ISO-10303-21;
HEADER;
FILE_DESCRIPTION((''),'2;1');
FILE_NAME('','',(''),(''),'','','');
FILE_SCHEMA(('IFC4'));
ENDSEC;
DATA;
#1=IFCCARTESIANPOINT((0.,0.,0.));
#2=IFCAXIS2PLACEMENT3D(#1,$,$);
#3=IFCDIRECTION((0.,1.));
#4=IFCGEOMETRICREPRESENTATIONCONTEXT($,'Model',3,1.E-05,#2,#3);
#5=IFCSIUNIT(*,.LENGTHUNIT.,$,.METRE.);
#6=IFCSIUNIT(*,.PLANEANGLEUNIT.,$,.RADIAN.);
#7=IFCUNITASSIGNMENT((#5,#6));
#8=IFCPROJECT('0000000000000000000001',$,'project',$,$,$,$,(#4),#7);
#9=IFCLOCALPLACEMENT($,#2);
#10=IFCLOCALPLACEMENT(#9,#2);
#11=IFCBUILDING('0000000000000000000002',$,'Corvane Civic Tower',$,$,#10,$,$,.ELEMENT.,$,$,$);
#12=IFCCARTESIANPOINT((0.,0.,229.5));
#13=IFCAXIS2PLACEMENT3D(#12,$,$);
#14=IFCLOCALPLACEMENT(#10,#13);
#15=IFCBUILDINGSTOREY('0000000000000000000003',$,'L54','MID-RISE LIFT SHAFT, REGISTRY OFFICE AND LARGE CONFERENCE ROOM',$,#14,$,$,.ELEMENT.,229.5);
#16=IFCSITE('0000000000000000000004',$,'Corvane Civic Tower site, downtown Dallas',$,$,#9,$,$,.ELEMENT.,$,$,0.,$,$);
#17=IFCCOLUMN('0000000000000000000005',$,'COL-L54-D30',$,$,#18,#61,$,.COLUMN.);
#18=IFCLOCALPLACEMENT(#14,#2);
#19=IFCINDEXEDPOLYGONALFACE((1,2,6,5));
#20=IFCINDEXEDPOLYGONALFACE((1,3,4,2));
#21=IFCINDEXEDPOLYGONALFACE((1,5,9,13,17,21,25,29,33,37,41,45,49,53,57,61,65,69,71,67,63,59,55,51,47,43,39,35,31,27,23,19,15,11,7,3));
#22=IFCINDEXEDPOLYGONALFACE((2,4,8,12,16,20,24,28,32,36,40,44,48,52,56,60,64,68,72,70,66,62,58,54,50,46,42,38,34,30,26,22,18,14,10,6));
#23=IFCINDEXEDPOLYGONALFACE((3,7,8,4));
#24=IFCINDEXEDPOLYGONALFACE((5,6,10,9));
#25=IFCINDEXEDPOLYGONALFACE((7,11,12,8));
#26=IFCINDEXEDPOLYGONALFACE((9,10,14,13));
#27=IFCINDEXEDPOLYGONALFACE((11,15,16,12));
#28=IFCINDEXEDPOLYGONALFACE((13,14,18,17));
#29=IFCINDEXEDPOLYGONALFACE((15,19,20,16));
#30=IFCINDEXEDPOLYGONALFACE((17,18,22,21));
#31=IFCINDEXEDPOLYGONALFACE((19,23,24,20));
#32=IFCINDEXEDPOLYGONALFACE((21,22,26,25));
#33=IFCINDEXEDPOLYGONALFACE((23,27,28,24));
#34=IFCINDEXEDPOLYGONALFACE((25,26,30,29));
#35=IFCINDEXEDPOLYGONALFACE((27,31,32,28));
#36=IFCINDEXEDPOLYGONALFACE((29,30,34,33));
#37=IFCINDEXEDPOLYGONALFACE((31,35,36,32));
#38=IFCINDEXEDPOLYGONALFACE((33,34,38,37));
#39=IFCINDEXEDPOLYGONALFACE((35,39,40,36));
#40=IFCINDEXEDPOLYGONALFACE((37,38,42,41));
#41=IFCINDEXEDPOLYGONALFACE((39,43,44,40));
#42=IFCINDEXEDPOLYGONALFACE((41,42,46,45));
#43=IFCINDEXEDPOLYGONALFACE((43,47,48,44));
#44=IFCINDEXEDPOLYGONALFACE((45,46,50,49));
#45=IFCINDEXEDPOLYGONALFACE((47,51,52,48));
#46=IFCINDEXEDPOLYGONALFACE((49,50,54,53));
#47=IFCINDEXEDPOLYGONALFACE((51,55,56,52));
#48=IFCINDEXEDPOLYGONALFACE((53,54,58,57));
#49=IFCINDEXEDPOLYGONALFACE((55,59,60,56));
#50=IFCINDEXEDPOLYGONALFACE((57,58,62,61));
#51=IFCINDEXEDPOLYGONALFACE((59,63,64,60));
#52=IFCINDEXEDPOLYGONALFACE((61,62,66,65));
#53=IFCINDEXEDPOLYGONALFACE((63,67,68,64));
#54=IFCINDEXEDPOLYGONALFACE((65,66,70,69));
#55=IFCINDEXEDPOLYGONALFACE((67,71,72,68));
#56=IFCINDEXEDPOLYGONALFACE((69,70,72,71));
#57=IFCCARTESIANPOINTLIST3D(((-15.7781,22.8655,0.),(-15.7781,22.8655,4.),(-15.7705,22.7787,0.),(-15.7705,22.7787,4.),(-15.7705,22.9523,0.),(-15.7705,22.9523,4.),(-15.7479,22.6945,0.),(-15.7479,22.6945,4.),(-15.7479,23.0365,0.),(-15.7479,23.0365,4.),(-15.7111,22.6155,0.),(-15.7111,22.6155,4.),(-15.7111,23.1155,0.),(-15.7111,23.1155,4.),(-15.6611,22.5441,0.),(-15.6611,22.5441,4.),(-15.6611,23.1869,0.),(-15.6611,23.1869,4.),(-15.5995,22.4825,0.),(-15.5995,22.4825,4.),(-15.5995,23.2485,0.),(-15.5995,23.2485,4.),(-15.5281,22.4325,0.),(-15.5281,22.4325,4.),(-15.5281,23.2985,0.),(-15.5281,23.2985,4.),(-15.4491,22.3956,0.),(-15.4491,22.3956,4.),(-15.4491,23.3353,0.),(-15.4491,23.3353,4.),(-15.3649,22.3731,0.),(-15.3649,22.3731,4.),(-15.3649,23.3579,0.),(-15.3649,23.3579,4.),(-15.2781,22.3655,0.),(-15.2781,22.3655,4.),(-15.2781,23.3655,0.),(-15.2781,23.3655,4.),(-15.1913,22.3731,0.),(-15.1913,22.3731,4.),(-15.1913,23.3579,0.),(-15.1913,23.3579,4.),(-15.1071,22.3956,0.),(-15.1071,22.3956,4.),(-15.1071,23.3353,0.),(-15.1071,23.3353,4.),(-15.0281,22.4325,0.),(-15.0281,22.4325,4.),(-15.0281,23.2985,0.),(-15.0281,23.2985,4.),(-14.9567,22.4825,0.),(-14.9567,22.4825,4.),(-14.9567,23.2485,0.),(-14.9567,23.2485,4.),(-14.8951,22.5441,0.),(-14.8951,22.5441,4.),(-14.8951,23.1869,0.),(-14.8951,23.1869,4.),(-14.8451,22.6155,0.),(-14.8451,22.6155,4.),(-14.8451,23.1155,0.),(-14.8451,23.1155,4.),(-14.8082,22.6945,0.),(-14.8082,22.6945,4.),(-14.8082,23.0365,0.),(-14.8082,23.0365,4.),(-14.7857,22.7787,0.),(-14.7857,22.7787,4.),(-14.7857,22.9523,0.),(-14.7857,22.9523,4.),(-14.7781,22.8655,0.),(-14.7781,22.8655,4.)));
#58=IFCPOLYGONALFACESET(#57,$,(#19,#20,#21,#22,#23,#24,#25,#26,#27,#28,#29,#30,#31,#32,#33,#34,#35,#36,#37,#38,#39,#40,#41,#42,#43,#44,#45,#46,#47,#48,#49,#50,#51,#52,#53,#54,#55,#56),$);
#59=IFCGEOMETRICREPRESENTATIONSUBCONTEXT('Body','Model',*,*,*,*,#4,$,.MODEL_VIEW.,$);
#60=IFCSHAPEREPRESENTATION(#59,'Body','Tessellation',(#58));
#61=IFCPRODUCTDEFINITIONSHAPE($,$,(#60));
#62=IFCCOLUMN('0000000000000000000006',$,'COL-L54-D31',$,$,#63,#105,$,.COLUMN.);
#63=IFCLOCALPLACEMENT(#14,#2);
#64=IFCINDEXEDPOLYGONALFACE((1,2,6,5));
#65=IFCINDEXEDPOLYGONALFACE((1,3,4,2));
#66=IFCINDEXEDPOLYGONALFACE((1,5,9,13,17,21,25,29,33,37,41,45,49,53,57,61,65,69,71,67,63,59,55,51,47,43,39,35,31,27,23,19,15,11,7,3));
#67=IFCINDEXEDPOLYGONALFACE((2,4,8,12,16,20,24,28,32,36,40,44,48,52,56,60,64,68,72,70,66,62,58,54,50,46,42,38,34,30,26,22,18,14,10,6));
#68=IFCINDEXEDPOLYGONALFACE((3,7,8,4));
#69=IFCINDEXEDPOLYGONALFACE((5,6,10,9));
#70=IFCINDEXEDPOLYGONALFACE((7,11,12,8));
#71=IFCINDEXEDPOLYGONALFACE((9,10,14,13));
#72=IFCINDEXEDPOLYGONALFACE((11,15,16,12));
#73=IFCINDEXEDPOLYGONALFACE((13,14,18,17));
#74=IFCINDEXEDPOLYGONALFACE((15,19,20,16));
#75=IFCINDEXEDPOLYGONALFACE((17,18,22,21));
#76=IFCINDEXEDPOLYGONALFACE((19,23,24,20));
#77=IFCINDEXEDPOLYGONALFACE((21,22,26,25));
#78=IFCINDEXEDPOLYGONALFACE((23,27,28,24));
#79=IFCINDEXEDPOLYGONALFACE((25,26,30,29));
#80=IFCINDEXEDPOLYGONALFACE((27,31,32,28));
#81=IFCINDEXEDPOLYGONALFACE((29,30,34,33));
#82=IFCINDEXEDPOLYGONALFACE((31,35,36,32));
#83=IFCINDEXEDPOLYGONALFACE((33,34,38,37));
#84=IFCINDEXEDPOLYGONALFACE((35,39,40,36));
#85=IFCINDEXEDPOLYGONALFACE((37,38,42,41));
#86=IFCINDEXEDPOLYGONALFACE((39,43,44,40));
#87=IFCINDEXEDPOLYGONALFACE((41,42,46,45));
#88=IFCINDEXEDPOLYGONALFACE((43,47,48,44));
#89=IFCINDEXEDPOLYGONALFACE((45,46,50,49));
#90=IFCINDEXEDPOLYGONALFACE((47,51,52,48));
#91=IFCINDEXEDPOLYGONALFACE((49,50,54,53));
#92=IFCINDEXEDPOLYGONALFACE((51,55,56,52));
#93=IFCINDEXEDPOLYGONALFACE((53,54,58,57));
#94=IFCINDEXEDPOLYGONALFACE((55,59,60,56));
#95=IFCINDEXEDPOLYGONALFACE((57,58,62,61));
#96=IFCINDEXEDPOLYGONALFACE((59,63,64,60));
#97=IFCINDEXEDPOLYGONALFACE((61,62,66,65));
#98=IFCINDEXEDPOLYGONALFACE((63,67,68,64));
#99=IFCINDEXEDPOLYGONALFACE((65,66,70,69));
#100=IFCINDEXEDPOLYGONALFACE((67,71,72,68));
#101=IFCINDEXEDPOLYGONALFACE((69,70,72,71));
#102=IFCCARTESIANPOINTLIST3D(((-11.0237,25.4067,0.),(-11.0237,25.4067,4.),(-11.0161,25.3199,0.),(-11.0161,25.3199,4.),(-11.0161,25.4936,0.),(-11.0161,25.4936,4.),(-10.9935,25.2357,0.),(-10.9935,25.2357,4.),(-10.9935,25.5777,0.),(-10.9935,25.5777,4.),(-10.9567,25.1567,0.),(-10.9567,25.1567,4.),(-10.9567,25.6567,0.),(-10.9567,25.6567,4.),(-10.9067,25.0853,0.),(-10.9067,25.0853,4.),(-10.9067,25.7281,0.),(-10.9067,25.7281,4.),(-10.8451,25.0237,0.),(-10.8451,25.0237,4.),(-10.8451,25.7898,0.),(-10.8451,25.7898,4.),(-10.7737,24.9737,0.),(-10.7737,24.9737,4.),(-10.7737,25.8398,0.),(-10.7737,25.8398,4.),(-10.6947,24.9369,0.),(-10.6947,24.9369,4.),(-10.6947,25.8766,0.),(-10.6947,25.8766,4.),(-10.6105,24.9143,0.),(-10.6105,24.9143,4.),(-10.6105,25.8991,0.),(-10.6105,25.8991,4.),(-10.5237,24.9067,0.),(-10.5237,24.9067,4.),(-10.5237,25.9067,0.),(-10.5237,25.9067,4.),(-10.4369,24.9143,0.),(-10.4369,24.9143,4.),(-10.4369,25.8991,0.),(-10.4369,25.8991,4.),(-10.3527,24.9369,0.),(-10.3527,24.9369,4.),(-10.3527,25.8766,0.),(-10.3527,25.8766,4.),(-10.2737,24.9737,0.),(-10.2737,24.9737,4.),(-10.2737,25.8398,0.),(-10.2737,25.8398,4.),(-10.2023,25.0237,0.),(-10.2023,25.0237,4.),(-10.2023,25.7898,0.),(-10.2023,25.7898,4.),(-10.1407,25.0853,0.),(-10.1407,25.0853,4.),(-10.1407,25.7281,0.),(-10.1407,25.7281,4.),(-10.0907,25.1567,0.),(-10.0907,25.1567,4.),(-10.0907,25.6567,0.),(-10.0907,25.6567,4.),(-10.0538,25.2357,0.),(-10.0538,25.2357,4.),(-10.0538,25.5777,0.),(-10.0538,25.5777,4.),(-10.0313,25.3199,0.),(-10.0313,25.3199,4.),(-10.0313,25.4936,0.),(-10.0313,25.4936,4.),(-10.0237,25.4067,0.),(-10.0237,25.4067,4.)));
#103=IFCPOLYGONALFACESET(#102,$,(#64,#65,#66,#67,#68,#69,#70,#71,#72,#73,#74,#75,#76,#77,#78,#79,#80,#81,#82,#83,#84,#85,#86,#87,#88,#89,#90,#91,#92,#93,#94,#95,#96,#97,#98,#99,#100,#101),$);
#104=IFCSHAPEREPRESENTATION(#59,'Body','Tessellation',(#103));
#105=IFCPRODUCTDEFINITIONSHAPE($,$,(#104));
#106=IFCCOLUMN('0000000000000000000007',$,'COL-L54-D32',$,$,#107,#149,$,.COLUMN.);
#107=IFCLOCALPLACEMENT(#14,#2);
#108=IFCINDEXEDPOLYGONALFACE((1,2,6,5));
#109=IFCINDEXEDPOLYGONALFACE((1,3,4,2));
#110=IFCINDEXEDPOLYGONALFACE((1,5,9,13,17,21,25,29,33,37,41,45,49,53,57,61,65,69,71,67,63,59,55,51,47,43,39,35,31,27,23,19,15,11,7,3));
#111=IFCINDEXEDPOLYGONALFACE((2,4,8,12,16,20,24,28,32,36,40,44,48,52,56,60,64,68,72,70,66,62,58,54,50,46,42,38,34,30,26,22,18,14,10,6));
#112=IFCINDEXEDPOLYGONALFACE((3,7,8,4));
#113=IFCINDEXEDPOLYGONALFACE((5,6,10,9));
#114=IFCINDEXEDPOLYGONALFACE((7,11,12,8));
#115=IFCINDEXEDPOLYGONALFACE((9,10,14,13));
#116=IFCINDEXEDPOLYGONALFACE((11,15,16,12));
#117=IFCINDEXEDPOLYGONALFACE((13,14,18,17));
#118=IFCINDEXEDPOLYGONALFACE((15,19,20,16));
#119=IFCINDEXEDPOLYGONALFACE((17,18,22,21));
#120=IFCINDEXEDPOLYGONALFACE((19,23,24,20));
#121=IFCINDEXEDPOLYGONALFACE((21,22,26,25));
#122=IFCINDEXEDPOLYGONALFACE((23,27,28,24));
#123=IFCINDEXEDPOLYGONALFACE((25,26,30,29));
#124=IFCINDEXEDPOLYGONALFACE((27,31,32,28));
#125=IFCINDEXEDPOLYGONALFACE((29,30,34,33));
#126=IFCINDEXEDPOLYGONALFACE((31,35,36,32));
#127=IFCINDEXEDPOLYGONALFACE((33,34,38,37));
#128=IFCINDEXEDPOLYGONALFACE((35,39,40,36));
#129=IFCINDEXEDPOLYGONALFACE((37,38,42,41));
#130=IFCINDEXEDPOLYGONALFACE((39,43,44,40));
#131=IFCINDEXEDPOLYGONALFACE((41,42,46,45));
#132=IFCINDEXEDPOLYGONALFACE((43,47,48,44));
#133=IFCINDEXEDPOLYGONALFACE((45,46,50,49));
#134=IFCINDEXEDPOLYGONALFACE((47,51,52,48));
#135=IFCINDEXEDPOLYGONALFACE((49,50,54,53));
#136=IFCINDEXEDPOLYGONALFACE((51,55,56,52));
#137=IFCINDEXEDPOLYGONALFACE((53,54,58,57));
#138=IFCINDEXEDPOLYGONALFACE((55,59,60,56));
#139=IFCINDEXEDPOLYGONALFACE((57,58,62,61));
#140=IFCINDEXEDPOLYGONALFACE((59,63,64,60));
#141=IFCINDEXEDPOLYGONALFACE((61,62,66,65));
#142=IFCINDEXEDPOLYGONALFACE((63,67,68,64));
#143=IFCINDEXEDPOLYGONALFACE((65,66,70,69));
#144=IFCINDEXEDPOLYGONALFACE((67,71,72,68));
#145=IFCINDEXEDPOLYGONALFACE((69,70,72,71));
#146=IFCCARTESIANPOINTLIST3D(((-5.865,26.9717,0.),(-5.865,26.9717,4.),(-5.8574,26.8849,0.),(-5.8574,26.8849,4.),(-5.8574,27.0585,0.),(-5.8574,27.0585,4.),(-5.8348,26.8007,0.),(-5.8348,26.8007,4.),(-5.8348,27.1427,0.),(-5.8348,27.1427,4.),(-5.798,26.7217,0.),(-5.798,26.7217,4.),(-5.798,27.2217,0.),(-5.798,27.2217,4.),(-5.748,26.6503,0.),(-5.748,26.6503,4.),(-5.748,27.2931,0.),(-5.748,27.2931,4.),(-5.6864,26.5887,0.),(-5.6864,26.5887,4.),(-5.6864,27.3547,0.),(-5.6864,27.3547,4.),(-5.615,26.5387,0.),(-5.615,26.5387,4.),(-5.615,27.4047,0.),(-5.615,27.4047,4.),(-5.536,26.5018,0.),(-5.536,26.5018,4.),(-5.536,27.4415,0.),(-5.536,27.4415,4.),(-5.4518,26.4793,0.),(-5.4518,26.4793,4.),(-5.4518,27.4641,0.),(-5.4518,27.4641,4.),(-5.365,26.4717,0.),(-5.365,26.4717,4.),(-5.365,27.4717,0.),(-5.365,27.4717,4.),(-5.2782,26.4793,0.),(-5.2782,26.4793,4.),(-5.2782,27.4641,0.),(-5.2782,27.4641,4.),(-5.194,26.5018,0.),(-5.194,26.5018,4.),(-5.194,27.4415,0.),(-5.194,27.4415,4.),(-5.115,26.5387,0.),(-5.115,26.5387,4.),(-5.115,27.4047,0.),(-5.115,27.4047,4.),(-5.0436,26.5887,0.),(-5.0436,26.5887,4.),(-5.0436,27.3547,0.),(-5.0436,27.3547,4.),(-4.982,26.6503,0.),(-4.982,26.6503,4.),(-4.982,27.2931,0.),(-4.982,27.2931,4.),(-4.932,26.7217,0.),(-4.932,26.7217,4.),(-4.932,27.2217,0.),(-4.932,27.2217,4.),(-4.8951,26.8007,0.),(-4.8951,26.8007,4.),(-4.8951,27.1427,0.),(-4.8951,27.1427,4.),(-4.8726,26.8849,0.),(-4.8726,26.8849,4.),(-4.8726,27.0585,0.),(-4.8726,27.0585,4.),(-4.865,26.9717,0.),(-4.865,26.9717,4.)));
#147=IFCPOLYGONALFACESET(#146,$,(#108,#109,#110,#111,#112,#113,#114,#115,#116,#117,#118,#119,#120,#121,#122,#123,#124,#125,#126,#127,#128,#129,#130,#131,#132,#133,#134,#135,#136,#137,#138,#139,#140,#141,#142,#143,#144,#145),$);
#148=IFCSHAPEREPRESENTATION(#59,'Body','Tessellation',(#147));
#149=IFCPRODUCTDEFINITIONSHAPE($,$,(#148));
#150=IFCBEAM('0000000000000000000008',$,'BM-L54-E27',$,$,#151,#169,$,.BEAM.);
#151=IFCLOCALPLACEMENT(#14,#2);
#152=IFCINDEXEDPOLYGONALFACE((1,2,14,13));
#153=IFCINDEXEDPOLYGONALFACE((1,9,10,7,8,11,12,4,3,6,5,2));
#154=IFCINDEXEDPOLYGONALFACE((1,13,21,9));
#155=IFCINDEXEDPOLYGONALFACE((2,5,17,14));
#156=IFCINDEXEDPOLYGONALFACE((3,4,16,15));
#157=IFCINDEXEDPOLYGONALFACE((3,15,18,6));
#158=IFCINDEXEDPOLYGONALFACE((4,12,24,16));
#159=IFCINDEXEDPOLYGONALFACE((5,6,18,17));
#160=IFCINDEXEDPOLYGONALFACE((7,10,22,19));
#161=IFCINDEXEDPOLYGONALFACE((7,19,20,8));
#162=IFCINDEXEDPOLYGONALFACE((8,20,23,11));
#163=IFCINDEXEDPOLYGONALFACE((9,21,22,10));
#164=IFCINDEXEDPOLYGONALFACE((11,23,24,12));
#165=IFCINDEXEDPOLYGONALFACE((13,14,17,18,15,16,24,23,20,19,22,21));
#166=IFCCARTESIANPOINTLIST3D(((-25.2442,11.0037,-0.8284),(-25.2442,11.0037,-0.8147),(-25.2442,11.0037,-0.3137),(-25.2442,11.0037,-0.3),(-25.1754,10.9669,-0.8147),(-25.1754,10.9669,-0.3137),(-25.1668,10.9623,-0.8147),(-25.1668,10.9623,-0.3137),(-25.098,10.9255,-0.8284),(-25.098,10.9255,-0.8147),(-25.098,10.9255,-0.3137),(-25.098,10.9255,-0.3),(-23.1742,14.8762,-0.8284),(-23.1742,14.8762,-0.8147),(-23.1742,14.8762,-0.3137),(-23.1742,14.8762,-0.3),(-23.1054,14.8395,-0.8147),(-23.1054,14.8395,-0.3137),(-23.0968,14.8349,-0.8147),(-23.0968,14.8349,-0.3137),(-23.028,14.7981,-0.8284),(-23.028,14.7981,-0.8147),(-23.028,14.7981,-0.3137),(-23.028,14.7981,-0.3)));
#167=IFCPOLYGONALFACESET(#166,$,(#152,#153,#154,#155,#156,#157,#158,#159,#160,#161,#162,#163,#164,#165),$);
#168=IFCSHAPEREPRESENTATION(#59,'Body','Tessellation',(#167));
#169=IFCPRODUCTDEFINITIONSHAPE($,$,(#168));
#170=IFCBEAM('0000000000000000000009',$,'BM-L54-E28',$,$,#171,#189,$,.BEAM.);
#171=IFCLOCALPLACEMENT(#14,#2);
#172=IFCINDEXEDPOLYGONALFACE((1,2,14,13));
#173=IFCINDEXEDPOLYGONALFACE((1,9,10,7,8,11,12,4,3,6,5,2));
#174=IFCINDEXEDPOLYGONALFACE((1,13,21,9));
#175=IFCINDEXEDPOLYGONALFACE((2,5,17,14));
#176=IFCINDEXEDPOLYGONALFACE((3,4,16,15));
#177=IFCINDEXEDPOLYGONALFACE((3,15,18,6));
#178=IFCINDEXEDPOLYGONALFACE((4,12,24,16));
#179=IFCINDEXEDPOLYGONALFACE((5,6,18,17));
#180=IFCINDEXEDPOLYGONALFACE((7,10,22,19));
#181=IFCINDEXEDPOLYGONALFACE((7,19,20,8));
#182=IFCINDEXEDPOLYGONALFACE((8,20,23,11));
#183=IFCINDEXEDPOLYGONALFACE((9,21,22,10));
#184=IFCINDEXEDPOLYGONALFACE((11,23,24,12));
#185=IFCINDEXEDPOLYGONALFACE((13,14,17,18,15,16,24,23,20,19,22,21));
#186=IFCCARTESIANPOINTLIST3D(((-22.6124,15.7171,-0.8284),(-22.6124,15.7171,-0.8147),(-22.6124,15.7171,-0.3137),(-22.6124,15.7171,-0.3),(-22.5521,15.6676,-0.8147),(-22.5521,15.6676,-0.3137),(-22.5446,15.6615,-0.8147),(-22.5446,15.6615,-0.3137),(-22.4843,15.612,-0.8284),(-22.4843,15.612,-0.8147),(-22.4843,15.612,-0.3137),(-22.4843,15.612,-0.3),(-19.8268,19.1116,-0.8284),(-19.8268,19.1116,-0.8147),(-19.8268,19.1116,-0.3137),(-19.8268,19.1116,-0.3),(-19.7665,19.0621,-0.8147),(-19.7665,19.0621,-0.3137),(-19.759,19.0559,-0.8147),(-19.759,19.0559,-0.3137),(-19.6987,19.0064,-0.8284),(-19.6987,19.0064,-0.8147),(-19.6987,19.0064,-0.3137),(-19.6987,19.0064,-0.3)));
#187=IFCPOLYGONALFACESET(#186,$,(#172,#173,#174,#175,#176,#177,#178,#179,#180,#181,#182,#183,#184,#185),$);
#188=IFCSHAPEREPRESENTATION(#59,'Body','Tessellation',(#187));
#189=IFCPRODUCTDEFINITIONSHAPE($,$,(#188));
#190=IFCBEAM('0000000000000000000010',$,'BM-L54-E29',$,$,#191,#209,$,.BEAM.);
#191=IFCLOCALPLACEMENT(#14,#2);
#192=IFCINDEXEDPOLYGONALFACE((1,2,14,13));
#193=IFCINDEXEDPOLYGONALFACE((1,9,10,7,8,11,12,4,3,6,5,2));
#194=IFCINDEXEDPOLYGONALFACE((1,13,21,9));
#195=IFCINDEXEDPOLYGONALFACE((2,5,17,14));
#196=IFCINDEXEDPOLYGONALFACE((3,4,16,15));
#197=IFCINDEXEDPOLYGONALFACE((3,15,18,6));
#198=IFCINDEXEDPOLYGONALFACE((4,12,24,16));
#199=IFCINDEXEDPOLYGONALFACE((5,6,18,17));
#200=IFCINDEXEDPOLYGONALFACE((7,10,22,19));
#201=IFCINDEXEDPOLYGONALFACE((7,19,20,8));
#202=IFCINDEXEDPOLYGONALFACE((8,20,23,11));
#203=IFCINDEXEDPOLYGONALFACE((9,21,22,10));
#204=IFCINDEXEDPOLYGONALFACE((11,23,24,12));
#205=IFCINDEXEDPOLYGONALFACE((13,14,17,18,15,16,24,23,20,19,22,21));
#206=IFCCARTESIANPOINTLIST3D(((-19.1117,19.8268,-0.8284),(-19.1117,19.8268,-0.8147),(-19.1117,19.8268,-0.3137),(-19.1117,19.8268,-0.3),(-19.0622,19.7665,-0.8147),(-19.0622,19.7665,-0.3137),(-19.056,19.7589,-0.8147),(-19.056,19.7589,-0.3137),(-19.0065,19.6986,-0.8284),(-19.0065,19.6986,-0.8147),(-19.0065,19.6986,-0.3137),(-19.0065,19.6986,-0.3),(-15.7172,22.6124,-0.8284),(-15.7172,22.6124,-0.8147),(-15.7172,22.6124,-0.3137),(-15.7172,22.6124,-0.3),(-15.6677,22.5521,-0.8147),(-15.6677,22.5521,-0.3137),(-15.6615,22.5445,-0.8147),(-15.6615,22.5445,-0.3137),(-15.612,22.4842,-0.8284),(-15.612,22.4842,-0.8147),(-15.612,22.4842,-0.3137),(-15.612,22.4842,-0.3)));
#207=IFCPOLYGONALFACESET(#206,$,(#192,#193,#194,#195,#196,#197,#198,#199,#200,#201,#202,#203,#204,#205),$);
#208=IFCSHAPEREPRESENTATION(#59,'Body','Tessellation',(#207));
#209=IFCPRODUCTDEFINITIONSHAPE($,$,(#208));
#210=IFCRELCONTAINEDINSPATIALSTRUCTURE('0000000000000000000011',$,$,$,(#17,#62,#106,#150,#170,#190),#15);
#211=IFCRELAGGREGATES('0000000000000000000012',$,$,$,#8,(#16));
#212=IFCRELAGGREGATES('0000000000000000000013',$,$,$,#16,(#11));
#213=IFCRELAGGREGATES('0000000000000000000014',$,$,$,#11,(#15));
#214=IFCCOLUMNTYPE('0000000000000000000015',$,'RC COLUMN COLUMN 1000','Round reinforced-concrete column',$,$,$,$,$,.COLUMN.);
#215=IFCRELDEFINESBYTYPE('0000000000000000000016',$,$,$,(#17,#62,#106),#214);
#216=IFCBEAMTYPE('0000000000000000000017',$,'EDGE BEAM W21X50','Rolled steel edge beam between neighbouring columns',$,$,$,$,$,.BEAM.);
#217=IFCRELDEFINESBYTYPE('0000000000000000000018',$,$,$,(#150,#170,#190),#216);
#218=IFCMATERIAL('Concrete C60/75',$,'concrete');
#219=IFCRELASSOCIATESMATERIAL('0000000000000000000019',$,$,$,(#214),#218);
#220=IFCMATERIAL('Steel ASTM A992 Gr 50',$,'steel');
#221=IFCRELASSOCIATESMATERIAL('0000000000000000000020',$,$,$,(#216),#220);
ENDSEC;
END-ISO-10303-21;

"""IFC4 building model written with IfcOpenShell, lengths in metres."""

from ifc_helpers import new_model, si_unit, direction, frame, origin, origin_2d, place, context, subcontext, project, spatial, circle, i_section, extrude, material, material_profile, profile_set, type_object, element, save


model = new_model("IFC4")

# Units and contexts
model_context = context("Model", 3, precision=1e-05, world=origin(), true_north=direction((0.0, 1.0)))
body_context = subcontext(model_context, "Body", "Model", "MODEL_VIEW")
ifc_project = project(units=[si_unit("LENGTHUNIT", "METRE"), si_unit("PLANEANGLEUNIT", "RADIAN")], contexts=[model_context])

# Site, building, storey
site_placement = place(None, origin())
site = spatial("IfcSite", under=ifc_project, at=site_placement, Name="Corvane Civic Tower site, downtown Dallas", CompositionType="ELEMENT", RefElevation=0.0)
building_placement = place(site_placement, origin())
building = spatial("IfcBuilding", under=site, at=building_placement, Name="Corvane Civic Tower", CompositionType="ELEMENT")
storey_placement = place(building_placement, frame((0.0, 0.0, 229.5)))
storey = spatial("IfcBuildingStorey", under=building, at=storey_placement, Name="L54", Description="MID-RISE LIFT SHAFT, REGISTRY OFFICE AND LARGE CONFERENCE ROOM", CompositionType="ELEMENT", Elevation=229.5)

# Columns
ifc_material_1 = material(Name="Concrete C60/75", Category="concrete")
ifc_material_profile_1 = material_profile(ifc_material_1, circle(Radius=0.5, at=origin_2d()), Name="COLUMN 1000")
ifc_profile_set_1 = profile_set([ifc_material_profile_1], Name="Concrete C60/75")
column_type = type_object("IfcColumnType", Name="RC COLUMN COLUMN 1000", Description="Round reinforced-concrete column", PredefinedType="COLUMN", material=ifc_profile_set_1)
for number, where, z_axis, x_axis, name in (
    (1, (-15.2781, 22.8655, 0.0), (0.0, 0.0, 1.0), (1.0, 0.0, 0.0), "COL-L54-D30"),
    (2, (-10.5237, 25.4067, 0.0), (0.0, 0.0, 1.0), (1.0, 0.0, 0.0), "COL-L54-D31"),
    (3, (-5.365, 26.9717, 0.0), (0.0, 0.0, 1.0), (1.0, 0.0, 0.0), "COL-L54-D32"),
):
    element("IfcColumn", number, at=place(storey_placement, frame(where, z_axis=z_axis, x_axis=x_axis)), inside=storey, type_object=column_type, Name=name, PredefinedType="COLUMN", context=body_context, shape_type="SweptSolid", body=[
        extrude(circle(Radius=0.5, at=origin_2d()), origin(), (0.0, 0.0, 1.0), 4.0),
    ])

# Beams
ifc_material_2 = material(Name="Steel ASTM A992 Gr 50", Category="steel")
ifc_material_profile_2 = material_profile(ifc_material_2, i_section(OverallWidth=0.1658, OverallDepth=0.5283, WebThickness=0.0098, FlangeThickness=0.0137, at=origin_2d()), Name="W21X50")
ifc_profile_set_2 = profile_set([ifc_material_profile_2], Name="Steel ASTM A992 Gr 50")
beam_type_1 = type_object("IfcBeamType", Name="EDGE BEAM W21X50", Description="Rolled steel edge beam between neighbouring columns", PredefinedType="BEAM", material=ifc_profile_set_2)
for number, where, z_axis, x_axis, name in (
    (4, (-25.1711, 10.9646, -0.5642), (0.471422, 0.881908, 0.0), (-0.881908, 0.471422, 0.0), "BM-L54-E27"),
    (5, (-22.5483, 15.6646, -0.5642), (0.634369, 0.77303, 0.0), (-0.77303, 0.634369, 0.0), "BM-L54-E28"),
    (6, (-19.0591, 19.7627, -0.5642), (0.77303, 0.634369, 0.0), (-0.634369, 0.77303, 0.0), "BM-L54-E29"),
):
    element("IfcBeam", number, at=place(storey_placement, frame(where, z_axis=z_axis, x_axis=x_axis)), inside=storey, type_object=beam_type_1, Name=name, PredefinedType="BEAM", context=body_context, shape_type="SweptSolid", body=[
        extrude(i_section(OverallWidth=0.1658, OverallDepth=0.5283, WebThickness=0.0098, FlangeThickness=0.0137, at=origin_2d()), origin(), (0.0, 0.0, 1.0), 4.3911),
    ])

save(model, "model.ifc")
